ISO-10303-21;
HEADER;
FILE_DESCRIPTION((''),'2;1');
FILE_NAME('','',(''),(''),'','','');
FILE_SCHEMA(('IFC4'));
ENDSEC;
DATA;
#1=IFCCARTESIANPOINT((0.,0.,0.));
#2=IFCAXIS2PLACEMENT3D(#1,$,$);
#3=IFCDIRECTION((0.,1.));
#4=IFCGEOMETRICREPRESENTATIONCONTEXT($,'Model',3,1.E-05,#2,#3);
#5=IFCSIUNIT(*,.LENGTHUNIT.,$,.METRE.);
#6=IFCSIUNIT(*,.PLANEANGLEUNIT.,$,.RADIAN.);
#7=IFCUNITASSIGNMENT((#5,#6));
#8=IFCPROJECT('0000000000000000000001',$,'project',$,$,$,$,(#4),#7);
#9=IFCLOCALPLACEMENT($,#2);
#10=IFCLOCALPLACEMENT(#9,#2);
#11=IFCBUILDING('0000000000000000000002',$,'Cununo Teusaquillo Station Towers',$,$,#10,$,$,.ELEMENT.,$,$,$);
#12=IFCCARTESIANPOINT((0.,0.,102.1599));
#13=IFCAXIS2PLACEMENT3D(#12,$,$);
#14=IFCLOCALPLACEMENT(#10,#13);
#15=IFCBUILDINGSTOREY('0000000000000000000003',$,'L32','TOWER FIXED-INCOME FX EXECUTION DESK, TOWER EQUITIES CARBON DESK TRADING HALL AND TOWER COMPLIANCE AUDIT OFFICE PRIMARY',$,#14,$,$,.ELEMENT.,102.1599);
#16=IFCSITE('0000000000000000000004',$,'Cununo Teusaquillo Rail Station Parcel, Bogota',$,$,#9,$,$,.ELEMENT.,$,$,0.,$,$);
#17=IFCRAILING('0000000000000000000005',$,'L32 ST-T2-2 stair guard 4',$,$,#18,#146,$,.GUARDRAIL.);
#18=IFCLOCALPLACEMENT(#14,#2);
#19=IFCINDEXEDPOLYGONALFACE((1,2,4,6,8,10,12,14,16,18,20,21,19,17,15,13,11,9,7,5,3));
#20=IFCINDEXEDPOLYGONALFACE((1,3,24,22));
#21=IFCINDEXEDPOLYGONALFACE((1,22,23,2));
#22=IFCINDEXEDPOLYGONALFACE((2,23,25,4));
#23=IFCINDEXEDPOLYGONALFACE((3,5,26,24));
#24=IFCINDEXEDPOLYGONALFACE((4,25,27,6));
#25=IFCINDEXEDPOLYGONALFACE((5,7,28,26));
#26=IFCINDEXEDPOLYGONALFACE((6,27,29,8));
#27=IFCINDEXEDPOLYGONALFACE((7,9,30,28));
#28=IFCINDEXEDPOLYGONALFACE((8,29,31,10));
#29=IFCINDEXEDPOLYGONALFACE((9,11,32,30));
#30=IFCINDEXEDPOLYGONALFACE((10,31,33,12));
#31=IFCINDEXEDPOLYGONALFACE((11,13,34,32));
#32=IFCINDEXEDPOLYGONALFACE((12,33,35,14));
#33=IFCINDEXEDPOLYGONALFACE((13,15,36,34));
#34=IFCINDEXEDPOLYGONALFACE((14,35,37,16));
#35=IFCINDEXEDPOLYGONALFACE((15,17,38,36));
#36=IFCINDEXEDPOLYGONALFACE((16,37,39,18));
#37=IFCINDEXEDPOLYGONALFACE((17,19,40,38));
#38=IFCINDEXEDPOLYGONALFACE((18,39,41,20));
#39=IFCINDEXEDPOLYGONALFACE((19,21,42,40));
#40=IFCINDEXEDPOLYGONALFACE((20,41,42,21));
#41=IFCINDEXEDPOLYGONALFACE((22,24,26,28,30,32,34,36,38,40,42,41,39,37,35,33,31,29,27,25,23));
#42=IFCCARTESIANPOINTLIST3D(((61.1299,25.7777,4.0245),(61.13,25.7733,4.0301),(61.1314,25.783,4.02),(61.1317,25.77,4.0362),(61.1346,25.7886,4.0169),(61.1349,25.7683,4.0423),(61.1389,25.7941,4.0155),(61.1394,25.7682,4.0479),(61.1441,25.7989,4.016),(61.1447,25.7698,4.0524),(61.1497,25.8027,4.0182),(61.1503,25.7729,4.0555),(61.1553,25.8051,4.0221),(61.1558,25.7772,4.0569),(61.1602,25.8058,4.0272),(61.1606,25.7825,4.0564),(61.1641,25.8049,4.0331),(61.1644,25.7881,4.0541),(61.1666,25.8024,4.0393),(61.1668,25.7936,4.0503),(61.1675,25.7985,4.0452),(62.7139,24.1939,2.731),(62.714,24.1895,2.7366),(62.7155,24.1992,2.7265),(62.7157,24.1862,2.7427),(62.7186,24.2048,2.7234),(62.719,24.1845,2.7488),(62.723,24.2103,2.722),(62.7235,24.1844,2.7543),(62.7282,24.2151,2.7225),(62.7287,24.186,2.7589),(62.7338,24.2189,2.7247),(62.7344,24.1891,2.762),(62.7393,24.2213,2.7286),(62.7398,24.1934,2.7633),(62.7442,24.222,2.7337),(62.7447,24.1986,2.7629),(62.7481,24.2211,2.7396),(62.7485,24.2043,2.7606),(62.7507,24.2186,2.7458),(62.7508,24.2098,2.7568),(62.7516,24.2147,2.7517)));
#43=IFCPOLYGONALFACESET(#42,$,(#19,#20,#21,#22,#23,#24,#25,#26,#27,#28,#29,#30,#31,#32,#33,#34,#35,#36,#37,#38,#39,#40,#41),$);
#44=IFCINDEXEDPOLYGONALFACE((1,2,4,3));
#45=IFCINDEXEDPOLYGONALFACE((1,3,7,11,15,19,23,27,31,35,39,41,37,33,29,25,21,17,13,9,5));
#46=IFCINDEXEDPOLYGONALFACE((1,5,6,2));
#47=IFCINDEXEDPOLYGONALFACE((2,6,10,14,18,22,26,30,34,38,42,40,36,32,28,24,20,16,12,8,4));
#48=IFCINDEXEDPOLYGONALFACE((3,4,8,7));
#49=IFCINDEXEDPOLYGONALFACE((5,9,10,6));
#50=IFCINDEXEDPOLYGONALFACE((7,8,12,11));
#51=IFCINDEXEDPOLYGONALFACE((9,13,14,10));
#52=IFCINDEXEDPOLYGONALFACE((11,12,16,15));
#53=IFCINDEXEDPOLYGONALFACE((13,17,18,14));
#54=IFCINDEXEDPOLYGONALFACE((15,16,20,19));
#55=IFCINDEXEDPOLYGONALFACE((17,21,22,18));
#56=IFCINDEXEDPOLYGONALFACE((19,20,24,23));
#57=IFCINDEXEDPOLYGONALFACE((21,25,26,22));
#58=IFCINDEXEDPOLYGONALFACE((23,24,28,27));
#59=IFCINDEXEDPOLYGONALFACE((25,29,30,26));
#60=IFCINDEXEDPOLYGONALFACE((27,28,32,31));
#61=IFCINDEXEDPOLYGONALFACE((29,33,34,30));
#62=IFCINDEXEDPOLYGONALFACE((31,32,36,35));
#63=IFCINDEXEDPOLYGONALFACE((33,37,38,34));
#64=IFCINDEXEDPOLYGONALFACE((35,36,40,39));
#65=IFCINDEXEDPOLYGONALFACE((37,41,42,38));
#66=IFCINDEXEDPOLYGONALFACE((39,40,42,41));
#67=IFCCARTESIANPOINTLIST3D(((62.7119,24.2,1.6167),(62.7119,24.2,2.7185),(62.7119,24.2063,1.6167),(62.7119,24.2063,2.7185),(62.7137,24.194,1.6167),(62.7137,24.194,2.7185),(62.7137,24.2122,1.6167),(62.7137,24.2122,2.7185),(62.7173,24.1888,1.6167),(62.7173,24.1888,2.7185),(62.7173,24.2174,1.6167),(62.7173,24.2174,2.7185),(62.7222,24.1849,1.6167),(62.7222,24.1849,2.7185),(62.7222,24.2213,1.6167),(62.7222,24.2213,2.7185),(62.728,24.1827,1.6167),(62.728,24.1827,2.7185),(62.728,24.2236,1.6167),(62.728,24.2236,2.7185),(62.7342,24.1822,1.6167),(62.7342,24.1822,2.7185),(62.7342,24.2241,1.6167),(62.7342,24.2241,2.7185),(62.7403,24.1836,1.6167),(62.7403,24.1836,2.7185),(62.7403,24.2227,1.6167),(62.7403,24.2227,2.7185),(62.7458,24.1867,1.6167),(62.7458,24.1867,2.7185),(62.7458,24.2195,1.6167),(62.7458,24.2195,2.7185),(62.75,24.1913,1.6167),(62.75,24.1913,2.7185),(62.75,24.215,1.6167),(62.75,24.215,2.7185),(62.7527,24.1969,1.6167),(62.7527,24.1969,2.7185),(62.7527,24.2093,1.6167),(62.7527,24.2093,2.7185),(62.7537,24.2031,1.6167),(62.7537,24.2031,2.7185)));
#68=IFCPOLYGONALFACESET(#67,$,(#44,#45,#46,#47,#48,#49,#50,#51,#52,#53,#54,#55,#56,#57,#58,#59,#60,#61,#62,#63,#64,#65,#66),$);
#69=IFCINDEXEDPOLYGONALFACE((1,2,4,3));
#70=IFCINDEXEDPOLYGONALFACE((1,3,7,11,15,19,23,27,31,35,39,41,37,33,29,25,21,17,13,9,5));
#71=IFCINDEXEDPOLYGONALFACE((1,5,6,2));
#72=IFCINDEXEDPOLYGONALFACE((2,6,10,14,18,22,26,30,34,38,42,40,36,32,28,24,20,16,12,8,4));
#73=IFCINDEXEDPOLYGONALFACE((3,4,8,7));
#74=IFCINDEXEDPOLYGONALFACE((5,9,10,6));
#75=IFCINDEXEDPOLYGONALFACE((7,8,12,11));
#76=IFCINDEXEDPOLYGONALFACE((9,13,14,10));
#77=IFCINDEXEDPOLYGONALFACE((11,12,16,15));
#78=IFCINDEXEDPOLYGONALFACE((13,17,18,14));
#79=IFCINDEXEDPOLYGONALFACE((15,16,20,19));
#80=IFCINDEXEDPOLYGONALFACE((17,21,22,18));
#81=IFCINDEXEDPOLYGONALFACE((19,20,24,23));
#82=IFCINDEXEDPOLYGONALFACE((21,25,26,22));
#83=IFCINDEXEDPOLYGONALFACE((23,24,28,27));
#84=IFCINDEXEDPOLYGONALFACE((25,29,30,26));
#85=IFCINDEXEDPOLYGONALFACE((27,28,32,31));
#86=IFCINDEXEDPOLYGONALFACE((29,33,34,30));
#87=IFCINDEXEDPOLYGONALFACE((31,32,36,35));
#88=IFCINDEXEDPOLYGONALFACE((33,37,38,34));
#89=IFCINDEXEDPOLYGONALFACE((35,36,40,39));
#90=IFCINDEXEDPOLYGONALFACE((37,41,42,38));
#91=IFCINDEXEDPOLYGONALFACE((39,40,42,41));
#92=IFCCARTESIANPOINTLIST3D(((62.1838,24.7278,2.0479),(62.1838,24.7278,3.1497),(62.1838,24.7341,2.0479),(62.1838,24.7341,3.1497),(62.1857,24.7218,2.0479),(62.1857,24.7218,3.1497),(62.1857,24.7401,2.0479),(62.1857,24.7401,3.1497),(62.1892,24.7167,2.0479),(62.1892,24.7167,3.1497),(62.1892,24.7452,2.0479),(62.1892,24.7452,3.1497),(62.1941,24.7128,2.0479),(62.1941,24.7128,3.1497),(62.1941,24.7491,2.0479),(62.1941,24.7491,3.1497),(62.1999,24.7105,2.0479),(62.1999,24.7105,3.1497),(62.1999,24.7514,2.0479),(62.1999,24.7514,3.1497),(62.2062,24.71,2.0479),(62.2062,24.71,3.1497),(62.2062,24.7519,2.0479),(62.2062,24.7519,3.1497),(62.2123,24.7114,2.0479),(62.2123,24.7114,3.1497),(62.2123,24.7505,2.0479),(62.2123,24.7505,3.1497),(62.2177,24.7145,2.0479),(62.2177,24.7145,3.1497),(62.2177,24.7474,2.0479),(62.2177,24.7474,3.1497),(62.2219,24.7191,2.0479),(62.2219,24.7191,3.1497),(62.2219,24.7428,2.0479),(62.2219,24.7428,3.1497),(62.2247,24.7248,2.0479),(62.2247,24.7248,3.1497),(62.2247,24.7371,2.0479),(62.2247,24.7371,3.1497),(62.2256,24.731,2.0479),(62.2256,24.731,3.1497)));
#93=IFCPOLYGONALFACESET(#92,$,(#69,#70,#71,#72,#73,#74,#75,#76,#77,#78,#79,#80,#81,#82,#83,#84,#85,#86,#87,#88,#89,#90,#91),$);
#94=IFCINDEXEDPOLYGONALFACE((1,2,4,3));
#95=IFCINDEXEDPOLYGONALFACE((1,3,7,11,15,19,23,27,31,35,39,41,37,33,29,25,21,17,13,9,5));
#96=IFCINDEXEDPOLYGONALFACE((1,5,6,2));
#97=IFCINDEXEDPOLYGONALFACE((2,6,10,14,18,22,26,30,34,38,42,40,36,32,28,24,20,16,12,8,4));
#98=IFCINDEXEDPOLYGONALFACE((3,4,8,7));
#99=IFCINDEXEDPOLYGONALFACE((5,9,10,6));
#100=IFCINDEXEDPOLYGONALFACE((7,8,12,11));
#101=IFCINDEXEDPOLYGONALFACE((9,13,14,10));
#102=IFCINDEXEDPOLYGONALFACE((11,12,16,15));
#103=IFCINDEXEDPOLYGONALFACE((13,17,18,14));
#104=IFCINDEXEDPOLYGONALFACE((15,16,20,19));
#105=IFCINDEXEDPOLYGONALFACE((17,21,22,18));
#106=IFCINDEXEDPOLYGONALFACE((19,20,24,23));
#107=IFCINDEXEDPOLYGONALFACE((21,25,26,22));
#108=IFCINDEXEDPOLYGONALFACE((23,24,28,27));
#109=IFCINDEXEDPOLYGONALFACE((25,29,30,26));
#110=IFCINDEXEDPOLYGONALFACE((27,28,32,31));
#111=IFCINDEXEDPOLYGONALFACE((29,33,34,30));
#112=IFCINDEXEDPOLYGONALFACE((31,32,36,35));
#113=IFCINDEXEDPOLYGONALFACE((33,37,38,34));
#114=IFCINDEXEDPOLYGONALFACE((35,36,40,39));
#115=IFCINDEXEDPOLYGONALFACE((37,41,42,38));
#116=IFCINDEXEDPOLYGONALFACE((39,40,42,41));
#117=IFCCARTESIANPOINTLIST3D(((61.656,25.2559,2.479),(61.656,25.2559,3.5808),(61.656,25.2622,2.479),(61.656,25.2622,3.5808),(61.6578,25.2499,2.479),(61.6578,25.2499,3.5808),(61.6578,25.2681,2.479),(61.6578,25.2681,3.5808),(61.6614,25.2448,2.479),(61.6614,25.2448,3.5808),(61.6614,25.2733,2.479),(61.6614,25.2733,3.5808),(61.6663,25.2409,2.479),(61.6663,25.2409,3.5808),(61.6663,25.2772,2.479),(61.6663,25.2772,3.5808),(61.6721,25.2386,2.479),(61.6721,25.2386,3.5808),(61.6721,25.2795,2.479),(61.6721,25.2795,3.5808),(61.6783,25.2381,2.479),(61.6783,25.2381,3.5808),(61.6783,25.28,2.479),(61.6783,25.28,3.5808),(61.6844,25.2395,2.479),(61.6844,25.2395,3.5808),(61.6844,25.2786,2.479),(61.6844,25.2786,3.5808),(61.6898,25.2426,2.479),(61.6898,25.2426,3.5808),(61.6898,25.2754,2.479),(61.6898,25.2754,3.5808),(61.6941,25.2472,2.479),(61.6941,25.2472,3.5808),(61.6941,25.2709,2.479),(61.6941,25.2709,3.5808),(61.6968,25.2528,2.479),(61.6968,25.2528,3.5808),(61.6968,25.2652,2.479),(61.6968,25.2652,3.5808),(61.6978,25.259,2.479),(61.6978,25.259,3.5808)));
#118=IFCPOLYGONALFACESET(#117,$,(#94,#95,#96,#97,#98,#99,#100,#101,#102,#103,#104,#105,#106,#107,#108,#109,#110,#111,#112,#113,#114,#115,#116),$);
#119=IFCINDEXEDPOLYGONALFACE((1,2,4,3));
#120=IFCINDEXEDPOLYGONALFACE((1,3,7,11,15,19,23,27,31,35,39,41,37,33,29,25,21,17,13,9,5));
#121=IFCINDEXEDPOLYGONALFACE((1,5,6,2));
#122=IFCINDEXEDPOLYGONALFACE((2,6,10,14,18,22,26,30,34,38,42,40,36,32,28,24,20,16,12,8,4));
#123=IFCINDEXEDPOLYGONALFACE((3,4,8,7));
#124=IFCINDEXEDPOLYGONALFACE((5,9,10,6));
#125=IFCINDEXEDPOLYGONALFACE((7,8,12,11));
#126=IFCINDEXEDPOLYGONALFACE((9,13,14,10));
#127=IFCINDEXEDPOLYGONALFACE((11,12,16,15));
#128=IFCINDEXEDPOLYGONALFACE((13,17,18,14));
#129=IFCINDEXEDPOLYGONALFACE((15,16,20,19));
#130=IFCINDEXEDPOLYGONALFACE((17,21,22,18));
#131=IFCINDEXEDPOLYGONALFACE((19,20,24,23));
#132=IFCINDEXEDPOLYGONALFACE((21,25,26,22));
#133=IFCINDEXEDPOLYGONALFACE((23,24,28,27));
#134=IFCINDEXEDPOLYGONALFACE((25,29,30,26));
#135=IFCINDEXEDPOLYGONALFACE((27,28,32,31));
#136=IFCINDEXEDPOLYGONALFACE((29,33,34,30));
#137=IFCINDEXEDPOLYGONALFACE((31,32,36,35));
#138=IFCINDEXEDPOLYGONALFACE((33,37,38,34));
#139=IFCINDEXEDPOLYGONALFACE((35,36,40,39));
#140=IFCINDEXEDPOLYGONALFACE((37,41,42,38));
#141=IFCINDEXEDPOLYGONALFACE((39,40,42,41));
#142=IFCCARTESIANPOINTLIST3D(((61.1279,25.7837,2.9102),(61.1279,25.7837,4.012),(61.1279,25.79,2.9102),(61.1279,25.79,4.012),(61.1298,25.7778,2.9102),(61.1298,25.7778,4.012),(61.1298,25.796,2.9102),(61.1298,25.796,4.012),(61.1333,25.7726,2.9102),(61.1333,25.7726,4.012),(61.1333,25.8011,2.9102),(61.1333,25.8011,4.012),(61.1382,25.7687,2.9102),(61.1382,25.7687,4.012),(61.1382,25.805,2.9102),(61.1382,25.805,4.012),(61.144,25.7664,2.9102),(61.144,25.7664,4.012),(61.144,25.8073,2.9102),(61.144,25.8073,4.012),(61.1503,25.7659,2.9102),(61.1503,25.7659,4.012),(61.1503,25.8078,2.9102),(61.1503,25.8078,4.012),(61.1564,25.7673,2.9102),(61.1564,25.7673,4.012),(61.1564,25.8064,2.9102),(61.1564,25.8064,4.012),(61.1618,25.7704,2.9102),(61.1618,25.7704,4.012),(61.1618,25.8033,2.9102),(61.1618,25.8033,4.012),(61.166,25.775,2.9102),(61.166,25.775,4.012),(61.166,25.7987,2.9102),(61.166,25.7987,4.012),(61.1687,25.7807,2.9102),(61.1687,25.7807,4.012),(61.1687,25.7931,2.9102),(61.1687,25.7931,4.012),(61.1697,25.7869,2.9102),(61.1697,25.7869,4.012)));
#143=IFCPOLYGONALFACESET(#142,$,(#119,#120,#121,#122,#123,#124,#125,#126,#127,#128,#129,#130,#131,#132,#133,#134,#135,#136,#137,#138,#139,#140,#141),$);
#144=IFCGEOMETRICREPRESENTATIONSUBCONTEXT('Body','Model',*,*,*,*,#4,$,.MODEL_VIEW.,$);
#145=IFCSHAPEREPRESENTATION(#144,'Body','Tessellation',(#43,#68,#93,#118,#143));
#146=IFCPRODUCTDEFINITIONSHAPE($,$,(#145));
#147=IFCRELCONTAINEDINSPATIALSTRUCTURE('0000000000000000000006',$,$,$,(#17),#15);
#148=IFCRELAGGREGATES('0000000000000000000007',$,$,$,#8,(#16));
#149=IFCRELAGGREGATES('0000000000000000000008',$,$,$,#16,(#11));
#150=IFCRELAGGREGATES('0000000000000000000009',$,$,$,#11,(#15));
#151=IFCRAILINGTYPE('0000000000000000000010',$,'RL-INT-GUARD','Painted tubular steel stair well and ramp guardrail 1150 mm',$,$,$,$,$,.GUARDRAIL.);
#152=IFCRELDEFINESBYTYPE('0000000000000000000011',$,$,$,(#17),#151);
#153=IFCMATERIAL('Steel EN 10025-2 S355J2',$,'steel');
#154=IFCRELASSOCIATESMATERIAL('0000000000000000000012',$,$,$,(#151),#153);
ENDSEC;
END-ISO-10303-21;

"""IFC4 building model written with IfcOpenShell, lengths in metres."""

from ifc_helpers import new_model, si_unit, direction, frame, origin, origin_2d, place, context, subcontext, project, spatial, circle, extrude, material, type_object, element, save


model = new_model("IFC4")

# Units and contexts
model_context = context("Model", 3, precision=1e-05, world=origin(), true_north=direction((0.0, 1.0)))
body_context = subcontext(model_context, "Body", "Model", "MODEL_VIEW")
ifc_project = project(units=[si_unit("LENGTHUNIT", "METRE"), si_unit("PLANEANGLEUNIT", "RADIAN")], contexts=[model_context])

# Site, building, storey
site_placement = place(None, origin())
site = spatial("IfcSite", under=ifc_project, at=site_placement, Name="Cununo Teusaquillo Rail Station Parcel, Bogota", CompositionType="ELEMENT", RefElevation=0.0)
building_placement = place(site_placement, origin())
building = spatial("IfcBuilding", under=site, at=building_placement, Name="Cununo Teusaquillo Station Towers", CompositionType="ELEMENT")
storey_placement = place(building_placement, frame((0.0, 0.0, 102.1599)))
storey = spatial("IfcBuildingStorey", under=building, at=storey_placement, Name="L32", Description="TOWER FIXED-INCOME FX EXECUTION DESK, TOWER EQUITIES CARBON DESK TRADING HALL AND TOWER COMPLIANCE AUDIT OFFICE PRIMARY", CompositionType="ELEMENT", Elevation=102.1599)

# Railing
ifc_material_1 = material(Name="Steel EN 10025-2 S355J2", Category="steel")
railing_type_1 = type_object("IfcRailingType", Name="RL-INT-GUARD", Description="Painted tubular steel stair well and ramp guardrail 1150 mm", PredefinedType="GUARDRAIL", material=ifc_material_1)
railing_1_placement = place(storey_placement, frame((62.7327, 24.2031, 1.6167)))
element("IfcRailing", 1, at=railing_1_placement, inside=storey, type_object=railing_type_1, Name="L32 ST-T2-2 stair guard 4", PredefinedType="GUARDRAIL", context=body_context, shape_type="SweptSolid", body=[
    extrude(circle(Radius=0.0239, at=origin_2d()), frame((0.0, 0.0, 1.126), z_axis=(-0.612391, 0.612297, 0.500069), x_axis=(-0.707052, -0.707161, 0.0)), (0.0, 0.0, 1.0), 2.5867),
    extrude(circle(Radius=0.021, at=origin_2d()), origin(), (0.0, 0.0, 1.0), 1.1018),
    extrude(circle(Radius=0.021, at=origin_2d()), frame((-0.5281, 0.5278, 0.4312)), (0.0, 0.0, 1.0), 1.1018),
    extrude(circle(Radius=0.021, at=origin_2d()), frame((-1.0559, 1.0559, 0.8623)), (0.0, 0.0, 1.0), 1.1018),
    extrude(circle(Radius=0.021, at=origin_2d()), frame((-1.584, 1.5837, 1.2935)), (0.0, 0.0, 1.0), 1.1018),
])

save(model, "model.ifc")
